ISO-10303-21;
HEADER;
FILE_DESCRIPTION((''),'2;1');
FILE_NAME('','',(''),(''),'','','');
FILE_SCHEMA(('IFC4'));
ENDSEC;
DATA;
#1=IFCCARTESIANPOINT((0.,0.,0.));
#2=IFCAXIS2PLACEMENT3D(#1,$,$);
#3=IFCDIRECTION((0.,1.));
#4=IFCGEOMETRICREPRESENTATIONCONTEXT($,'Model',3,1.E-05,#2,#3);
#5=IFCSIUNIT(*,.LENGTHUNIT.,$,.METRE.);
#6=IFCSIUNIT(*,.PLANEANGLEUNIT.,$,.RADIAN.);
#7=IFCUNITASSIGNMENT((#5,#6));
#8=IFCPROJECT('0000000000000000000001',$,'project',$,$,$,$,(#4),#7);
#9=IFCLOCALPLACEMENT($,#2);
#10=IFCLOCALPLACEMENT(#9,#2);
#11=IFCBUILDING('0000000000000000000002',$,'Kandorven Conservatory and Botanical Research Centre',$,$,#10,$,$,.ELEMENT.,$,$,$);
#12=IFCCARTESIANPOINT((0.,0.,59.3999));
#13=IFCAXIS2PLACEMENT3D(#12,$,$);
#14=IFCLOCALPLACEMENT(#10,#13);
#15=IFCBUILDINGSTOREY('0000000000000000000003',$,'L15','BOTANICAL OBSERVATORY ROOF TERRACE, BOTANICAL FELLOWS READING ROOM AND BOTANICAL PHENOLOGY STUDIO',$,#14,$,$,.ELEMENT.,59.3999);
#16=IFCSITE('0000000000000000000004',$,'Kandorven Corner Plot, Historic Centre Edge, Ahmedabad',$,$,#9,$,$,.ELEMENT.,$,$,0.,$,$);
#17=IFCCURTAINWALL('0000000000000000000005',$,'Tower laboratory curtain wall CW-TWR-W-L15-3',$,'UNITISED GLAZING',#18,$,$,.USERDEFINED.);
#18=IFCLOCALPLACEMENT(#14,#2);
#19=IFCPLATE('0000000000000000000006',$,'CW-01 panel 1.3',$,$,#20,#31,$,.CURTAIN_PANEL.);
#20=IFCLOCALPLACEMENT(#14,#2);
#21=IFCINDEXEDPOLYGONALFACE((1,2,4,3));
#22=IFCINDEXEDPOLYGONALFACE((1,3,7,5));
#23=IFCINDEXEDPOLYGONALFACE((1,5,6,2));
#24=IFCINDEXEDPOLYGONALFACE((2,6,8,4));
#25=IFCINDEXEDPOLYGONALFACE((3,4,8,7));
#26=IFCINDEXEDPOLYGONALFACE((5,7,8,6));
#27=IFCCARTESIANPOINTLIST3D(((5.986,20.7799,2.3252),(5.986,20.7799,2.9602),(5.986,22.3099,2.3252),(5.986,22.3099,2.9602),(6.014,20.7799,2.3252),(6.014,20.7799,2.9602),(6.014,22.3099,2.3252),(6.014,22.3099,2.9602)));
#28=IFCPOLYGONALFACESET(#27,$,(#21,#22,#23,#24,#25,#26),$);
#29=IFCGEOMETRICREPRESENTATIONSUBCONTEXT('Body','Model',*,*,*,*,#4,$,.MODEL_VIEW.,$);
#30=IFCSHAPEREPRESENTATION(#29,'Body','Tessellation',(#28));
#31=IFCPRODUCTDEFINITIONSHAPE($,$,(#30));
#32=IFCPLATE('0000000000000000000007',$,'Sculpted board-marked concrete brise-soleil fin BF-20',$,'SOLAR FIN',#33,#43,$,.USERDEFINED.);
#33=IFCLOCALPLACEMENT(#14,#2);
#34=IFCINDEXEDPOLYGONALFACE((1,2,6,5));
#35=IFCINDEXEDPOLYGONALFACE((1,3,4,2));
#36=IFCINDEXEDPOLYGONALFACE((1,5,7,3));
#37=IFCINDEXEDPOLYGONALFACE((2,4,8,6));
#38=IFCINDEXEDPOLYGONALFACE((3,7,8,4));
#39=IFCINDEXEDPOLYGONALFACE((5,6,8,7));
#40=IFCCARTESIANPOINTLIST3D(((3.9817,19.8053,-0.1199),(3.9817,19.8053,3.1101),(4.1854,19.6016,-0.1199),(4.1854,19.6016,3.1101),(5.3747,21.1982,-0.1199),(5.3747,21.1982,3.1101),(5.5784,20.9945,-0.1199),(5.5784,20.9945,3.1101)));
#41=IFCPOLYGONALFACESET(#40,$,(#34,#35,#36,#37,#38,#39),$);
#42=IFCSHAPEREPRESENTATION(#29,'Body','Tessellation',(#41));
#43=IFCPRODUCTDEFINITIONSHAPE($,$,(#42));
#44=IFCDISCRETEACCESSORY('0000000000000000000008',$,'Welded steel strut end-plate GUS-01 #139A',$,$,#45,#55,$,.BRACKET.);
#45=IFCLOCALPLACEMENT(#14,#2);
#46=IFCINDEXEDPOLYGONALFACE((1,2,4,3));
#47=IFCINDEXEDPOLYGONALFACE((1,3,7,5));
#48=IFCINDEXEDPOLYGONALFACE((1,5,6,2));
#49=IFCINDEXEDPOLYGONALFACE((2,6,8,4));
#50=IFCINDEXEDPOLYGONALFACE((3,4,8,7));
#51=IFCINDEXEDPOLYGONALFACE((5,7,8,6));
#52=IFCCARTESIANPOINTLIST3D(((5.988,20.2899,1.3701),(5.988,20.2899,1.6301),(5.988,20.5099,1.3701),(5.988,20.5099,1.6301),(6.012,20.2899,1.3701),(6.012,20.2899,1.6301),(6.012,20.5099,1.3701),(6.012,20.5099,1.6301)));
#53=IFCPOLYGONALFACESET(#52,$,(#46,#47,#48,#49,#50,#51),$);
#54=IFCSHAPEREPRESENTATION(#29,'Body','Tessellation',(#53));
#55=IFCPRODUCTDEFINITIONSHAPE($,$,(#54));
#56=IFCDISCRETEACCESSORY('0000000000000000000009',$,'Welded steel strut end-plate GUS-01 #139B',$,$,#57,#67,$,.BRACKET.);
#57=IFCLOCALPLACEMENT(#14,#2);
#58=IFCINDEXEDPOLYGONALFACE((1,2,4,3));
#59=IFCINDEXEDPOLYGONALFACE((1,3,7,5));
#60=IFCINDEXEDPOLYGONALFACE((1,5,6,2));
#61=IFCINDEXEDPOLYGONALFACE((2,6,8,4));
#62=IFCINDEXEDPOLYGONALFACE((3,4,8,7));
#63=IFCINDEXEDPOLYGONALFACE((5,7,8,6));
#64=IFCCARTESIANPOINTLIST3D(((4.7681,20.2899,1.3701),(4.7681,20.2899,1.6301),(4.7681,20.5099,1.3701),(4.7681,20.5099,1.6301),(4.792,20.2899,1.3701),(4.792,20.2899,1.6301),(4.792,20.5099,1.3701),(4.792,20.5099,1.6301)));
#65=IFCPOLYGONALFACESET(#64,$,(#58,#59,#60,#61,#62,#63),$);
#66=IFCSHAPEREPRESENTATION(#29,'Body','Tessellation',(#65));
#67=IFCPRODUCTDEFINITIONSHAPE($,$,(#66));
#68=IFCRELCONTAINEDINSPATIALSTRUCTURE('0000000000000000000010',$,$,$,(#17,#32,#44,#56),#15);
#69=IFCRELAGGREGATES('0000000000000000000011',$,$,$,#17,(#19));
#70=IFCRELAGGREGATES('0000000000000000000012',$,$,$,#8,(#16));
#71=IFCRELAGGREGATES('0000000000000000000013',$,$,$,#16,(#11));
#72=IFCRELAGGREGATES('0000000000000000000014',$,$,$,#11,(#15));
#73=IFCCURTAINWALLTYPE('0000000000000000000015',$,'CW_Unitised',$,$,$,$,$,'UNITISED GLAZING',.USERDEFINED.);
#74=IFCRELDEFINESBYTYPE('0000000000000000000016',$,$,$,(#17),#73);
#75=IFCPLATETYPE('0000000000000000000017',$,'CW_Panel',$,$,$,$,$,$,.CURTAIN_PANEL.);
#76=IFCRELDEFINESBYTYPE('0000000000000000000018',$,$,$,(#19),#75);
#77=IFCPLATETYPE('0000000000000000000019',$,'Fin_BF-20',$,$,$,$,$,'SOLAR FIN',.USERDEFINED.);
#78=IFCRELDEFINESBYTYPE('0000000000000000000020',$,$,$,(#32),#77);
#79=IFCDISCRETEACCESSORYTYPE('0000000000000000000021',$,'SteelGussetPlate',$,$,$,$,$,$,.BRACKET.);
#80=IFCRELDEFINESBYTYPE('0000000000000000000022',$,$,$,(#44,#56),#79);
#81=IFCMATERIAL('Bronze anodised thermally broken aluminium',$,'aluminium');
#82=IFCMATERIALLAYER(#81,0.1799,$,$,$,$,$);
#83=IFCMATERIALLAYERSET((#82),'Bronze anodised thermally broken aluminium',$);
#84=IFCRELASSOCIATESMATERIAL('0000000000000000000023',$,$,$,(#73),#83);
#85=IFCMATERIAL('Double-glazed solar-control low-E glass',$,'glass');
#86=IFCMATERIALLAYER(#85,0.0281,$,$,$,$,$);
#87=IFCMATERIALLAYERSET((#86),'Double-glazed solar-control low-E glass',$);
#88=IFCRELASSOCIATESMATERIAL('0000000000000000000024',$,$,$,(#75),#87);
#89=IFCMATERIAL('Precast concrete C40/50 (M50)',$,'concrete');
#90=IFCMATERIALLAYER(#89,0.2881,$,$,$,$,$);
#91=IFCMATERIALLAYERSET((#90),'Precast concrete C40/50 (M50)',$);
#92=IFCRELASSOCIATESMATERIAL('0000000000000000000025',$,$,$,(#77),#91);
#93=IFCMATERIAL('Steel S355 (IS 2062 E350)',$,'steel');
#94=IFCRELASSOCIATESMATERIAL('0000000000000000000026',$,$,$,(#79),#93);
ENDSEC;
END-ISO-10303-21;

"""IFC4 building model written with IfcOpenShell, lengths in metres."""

from ifc_helpers import new_model, si_unit, direction, frame, origin, origin_2d, place, context, subcontext, project, spatial, rectangle, extrude, material, layer, layer_set, type_object, element, aggregate, save


model = new_model("IFC4")

# Units and contexts
model_context = context("Model", 3, precision=1e-05, world=origin(), true_north=direction((0.0, 1.0)))
body_context = subcontext(model_context, "Body", "Model", "MODEL_VIEW")
ifc_project = project(units=[si_unit("LENGTHUNIT", "METRE"), si_unit("PLANEANGLEUNIT", "RADIAN")], contexts=[model_context])

# Site, building, storey
site_placement = place(None, origin())
site = spatial("IfcSite", under=ifc_project, at=site_placement, Name="Kandorven Corner Plot, Historic Centre Edge, Ahmedabad", CompositionType="ELEMENT", RefElevation=0.0)
building_placement = place(site_placement, origin())
building = spatial("IfcBuilding", under=site, at=building_placement, Name="Kandorven Conservatory and Botanical Research Centre", CompositionType="ELEMENT")
storey_placement = place(building_placement, frame((0.0, 0.0, 59.3999)))
storey = spatial("IfcBuildingStorey", under=building, at=storey_placement, Name="L15", Description="BOTANICAL OBSERVATORY ROOF TERRACE, BOTANICAL FELLOWS READING ROOM AND BOTANICAL PHENOLOGY STUDIO", CompositionType="ELEMENT", Elevation=59.3999)

# Curtain wall
ifc_material_1 = material(Name="Bronze anodised thermally broken aluminium", Category="aluminium")
ifc_layer_1 = layer(ifc_material_1, 0.1799)
ifc_layer_set_1 = layer_set([ifc_layer_1], Name="Bronze anodised thermally broken aluminium")
curtain_wall_type = type_object("IfcCurtainWallType", Name="CW_Unitised", ElementType="UNITISED GLAZING", PredefinedType="USERDEFINED", material=ifc_layer_set_1)
curtain_wall_1_placement = place(storey_placement, origin())
curtain_wall_1 = element("IfcCurtainWall", 1, at=curtain_wall_1_placement, inside=storey, type_object=curtain_wall_type, Name="Tower laboratory curtain wall CW-TWR-W-L15-3", ObjectType="UNITISED GLAZING", PredefinedType="USERDEFINED")

# Plates
ifc_material_2 = material(Name="Double-glazed solar-control low-E glass", Category="glass")
ifc_layer_2 = layer(ifc_material_2, 0.0281)
ifc_layer_set_2 = layer_set([ifc_layer_2], Name="Double-glazed solar-control low-E glass")
plate_type_1 = type_object("IfcPlateType", Name="CW_Panel", PredefinedType="CURTAIN_PANEL", material=ifc_layer_set_2)
plate_1_placement = place(storey_placement, frame((6.0, 21.5449, 2.3252), z_axis=(0.0, 0.0, 1.0), x_axis=(0.0, 1.0, 0.0)))
plate_1 = element("IfcPlate", 2, at=plate_1_placement, type_object=plate_type_1, Name="CW-01 panel 1.3", PredefinedType="CURTAIN_PANEL", context=body_context, shape_type="SweptSolid", body=[
    extrude(rectangle(XDim=1.53, YDim=0.0281, at=origin_2d()), origin(), (0.0, 0.0, 1.0), 0.635),
])
aggregate(curtain_wall_1, [plate_1])
ifc_material_3 = material(Name="Precast concrete C40/50 (M50)", Category="concrete")
ifc_layer_3 = layer(ifc_material_3, 0.2881)
ifc_layer_set_3 = layer_set([ifc_layer_3], Name="Precast concrete C40/50 (M50)")
plate_type_2 = type_object("IfcPlateType", Name="Fin_BF-20", ElementType="SOLAR FIN", PredefinedType="USERDEFINED", material=ifc_layer_set_3)
plate_2_placement = place(storey_placement, frame((4.78, 20.3999, -0.1199), z_axis=(0.0, 0.0, 1.0), x_axis=(0.707107, 0.707107, 0.0)))
element("IfcPlate", 3, at=plate_2_placement, inside=storey, type_object=plate_type_2, Name="Sculpted board-marked concrete brise-soleil fin BF-20", ObjectType="SOLAR FIN", PredefinedType="USERDEFINED", context=body_context, shape_type="SweptSolid", body=[
    extrude(rectangle(XDim=1.97, YDim=0.2881, at=origin_2d()), origin(), (0.0, 0.0, 1.0), 3.23),
])

# Discrete accessories
ifc_material_4 = material(Name="Steel S355 (IS 2062 E350)", Category="steel")
discrete_accessory_type = type_object("IfcDiscreteAccessoryType", Name="SteelGussetPlate", PredefinedType="BRACKET", material=ifc_material_4)
for number, where, z_axis, x_axis, name in (
    (4, (6.0, 20.3999, 1.3701), (0.0, 0.0, 1.0), (1.0, 0.0, 0.0), "Welded steel strut end-plate GUS-01 #139A"),
    (5, (4.78, 20.3999, 1.3701), (0.0, 0.0, 1.0), (1.0, 0.0, 0.0), "Welded steel strut end-plate GUS-01 #139B"),
):
    element("IfcDiscreteAccessory", number, at=place(storey_placement, frame(where, z_axis=z_axis, x_axis=x_axis)), inside=storey, type_object=discrete_accessory_type, Name=name, PredefinedType="BRACKET", context=body_context, shape_type="SweptSolid", body=[
        extrude(rectangle(XDim=0.0239, YDim=0.22, at=origin_2d()), origin(), (0.0, 0.0, 1.0), 0.26),
    ])

save(model, "model.ifc")
